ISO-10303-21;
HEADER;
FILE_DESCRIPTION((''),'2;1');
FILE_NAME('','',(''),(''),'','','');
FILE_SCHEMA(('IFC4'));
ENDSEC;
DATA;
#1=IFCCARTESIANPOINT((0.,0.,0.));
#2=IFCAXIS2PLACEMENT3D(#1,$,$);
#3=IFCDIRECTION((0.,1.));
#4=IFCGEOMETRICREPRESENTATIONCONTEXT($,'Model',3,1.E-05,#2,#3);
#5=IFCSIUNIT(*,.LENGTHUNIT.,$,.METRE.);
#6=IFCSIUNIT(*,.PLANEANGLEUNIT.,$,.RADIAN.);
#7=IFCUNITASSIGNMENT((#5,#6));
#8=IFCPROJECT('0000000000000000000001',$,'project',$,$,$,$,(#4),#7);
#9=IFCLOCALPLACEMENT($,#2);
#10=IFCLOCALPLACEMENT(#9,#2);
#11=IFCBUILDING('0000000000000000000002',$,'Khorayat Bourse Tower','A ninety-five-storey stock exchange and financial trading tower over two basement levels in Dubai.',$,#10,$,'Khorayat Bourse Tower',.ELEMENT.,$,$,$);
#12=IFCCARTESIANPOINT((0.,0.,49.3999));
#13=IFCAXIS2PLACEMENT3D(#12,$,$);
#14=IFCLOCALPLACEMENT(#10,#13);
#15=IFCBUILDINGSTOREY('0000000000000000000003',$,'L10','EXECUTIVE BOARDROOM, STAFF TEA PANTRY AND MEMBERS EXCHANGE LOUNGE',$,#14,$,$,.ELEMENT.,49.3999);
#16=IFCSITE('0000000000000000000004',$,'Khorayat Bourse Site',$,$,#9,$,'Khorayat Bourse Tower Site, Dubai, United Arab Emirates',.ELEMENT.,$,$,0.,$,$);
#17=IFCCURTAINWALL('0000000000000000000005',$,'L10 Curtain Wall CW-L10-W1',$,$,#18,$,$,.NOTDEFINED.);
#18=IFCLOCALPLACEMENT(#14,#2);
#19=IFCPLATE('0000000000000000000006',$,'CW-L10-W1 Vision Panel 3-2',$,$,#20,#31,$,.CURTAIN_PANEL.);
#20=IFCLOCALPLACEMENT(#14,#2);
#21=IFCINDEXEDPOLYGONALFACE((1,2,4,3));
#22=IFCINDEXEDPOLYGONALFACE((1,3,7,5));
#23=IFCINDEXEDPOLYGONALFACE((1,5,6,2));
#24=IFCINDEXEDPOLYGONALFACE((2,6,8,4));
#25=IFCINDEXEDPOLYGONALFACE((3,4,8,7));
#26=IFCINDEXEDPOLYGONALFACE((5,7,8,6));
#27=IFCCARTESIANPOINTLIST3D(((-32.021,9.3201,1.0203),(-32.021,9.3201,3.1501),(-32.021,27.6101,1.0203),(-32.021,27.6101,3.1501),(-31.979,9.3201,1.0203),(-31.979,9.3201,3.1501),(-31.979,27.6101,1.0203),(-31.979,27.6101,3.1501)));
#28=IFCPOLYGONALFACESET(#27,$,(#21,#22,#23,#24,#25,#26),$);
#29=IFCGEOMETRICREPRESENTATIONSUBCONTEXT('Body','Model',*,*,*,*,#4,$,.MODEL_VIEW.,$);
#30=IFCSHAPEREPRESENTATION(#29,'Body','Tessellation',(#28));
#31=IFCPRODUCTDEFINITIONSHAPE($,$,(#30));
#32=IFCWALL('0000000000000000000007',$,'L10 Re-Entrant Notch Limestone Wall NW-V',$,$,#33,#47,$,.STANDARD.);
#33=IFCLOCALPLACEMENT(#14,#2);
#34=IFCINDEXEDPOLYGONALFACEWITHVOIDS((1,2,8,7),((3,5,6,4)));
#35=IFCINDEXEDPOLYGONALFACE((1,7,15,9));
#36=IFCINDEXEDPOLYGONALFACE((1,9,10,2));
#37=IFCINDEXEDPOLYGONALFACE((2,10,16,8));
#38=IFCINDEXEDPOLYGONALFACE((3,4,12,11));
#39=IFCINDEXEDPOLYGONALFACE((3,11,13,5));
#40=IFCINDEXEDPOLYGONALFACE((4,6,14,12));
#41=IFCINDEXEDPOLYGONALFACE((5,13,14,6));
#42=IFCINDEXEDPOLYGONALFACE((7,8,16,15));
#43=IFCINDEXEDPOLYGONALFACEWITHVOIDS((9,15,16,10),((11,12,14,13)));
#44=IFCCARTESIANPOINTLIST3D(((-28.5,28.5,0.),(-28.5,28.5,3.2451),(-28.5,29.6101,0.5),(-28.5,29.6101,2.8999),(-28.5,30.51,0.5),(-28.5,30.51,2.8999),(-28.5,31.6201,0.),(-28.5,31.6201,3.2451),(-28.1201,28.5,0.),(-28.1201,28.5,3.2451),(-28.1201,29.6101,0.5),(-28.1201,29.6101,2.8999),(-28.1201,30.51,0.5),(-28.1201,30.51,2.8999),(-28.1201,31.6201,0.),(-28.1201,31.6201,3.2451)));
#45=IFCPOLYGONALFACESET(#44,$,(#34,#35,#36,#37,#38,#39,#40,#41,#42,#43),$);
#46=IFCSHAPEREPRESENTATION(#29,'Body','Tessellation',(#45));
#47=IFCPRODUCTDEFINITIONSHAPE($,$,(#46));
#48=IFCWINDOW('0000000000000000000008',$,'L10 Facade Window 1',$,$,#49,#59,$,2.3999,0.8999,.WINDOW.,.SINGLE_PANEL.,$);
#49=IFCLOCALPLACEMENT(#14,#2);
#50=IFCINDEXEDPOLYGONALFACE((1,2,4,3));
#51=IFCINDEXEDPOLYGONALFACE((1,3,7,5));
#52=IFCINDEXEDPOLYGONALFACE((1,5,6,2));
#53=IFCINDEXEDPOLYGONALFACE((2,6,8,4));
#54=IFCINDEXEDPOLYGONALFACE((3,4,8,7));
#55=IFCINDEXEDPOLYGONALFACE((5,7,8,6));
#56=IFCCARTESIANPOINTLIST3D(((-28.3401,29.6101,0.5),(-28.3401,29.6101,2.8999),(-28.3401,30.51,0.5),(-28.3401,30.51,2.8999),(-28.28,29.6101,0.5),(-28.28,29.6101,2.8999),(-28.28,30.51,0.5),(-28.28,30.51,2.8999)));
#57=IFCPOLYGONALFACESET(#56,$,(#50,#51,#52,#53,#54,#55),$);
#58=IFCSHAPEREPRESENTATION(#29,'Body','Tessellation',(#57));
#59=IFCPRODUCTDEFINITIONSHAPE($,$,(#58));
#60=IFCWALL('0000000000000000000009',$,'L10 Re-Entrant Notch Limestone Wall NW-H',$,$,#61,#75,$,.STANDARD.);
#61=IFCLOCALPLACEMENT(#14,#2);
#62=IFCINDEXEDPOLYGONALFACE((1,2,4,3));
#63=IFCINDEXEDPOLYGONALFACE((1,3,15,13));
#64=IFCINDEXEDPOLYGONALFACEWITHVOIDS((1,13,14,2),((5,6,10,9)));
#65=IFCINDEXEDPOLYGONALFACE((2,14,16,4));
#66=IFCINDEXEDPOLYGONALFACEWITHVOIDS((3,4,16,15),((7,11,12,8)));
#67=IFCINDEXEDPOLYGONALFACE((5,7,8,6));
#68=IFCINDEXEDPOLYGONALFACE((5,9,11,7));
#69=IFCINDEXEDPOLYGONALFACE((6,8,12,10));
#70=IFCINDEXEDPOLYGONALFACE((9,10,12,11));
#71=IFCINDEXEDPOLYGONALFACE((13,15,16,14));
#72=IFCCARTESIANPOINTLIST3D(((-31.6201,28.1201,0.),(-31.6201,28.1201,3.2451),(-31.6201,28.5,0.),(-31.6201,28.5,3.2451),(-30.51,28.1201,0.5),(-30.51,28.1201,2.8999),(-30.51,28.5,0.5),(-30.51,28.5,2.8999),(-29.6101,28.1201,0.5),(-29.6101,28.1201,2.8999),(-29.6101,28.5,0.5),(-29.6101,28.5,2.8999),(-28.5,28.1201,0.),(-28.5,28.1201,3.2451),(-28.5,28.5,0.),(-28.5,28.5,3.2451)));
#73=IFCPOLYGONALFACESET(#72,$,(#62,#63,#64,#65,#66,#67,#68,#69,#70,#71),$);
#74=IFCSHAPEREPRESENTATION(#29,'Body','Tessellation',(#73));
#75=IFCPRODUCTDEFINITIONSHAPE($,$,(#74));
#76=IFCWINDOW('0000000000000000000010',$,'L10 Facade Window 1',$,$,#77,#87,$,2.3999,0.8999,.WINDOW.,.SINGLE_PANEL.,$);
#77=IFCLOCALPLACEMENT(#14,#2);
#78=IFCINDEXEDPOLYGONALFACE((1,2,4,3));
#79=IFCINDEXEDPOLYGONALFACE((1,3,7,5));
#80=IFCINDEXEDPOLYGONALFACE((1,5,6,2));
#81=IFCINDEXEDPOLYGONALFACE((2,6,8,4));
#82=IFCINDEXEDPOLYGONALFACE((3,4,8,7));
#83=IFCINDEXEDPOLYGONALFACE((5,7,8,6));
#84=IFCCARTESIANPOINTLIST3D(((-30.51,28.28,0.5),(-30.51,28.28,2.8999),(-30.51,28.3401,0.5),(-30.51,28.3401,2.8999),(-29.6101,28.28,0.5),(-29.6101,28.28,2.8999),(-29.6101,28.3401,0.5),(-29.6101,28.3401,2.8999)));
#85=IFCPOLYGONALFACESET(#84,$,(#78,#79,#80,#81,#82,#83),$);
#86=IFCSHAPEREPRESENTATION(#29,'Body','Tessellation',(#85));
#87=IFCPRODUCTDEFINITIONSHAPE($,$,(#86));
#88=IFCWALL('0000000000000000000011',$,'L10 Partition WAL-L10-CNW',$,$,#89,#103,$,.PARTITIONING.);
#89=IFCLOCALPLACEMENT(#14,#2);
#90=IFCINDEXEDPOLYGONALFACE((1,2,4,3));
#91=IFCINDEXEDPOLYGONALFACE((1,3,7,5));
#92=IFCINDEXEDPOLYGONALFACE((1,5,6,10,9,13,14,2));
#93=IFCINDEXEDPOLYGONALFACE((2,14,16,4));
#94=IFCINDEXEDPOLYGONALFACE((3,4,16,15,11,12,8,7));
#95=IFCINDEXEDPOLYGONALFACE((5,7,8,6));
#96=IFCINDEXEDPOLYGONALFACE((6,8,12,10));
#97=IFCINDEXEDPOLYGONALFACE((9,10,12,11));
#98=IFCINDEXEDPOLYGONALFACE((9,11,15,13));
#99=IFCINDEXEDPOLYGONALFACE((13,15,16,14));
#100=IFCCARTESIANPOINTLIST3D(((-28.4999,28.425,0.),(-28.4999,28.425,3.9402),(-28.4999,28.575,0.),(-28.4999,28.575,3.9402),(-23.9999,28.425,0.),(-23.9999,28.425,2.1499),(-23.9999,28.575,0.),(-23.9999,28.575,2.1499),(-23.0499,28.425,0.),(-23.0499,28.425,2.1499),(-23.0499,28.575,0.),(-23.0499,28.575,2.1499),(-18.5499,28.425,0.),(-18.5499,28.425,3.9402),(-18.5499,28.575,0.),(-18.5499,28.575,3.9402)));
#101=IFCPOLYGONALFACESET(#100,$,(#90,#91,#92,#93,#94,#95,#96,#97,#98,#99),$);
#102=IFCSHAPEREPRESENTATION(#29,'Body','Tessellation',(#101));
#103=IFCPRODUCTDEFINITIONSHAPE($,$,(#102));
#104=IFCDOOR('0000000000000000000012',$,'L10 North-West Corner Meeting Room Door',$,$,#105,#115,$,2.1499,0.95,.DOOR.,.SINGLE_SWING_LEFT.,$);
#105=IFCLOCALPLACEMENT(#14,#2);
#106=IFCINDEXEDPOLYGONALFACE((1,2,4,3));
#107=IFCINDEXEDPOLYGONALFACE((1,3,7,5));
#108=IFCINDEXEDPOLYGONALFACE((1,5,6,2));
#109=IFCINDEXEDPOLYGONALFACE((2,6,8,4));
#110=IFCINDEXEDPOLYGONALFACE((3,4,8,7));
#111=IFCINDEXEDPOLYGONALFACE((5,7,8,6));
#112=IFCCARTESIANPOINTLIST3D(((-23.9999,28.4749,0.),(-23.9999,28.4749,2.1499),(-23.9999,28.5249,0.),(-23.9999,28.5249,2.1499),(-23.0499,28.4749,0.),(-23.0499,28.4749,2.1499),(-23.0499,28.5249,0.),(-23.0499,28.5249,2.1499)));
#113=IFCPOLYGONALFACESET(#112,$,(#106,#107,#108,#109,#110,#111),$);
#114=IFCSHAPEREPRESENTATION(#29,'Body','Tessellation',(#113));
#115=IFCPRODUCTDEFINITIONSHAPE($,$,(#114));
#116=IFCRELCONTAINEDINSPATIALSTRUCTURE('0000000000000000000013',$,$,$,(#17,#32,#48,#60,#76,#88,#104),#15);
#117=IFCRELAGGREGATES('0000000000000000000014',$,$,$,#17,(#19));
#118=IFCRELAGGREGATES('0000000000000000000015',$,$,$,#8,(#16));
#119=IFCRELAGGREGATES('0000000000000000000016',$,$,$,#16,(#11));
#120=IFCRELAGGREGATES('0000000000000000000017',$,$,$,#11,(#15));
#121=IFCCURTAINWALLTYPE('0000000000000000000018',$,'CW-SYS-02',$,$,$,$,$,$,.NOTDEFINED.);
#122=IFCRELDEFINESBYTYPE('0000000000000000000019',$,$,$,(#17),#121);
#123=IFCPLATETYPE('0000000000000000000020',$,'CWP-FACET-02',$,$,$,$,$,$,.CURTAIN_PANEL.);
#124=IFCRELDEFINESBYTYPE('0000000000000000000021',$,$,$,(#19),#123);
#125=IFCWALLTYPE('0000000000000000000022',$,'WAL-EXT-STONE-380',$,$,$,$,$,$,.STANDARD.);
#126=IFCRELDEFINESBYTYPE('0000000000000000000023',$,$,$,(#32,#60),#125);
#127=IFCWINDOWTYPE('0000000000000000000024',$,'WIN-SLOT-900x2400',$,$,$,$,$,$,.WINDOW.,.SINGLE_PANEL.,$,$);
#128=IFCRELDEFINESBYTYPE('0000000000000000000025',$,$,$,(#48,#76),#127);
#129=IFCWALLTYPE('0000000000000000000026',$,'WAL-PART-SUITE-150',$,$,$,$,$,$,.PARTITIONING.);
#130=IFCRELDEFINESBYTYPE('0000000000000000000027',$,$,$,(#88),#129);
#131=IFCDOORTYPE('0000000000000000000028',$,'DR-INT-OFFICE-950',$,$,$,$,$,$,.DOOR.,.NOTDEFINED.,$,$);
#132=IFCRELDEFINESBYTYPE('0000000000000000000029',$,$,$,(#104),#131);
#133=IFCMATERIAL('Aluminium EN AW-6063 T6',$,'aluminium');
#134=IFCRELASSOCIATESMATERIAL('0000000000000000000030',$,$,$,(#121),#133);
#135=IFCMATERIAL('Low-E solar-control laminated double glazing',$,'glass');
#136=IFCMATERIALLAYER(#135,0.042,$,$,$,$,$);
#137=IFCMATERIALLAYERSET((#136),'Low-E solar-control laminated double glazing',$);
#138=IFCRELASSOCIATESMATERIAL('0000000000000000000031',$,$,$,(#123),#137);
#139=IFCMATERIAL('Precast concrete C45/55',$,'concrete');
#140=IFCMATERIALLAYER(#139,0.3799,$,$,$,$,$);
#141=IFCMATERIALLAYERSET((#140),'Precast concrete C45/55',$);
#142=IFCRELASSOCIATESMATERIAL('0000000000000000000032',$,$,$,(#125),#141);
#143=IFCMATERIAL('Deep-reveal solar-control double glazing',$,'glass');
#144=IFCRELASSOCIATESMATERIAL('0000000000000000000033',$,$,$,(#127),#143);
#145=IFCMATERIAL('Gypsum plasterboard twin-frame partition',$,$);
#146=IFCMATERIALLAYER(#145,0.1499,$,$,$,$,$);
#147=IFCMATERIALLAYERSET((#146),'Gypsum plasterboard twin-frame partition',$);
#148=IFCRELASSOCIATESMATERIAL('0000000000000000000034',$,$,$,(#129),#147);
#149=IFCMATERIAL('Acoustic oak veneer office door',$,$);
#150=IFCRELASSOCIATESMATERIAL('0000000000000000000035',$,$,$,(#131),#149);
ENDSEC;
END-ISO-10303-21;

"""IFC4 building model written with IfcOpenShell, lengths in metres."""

from ifc_helpers import new_model, si_unit, direction, frame, frame_2d, origin, origin_2d, place, context, subcontext, project, spatial, rectangle, extrude, source, transform, mapped, material, layer, layer_set, type_object, element, fill, aggregate, save


model = new_model("IFC4")

# Units and contexts
model_context = context("Model", 3, precision=1e-05, world=origin(), true_north=direction((0.0, 1.0)))
body_context = subcontext(model_context, "Body", "Model", "MODEL_VIEW")
ifc_project = project(units=[si_unit("LENGTHUNIT", "METRE"), si_unit("PLANEANGLEUNIT", "RADIAN")], contexts=[model_context])

# Site, building, storey
site_placement = place(None, origin())
site = spatial("IfcSite", under=ifc_project, at=site_placement, Name="Khorayat Bourse Site", LongName="Khorayat Bourse Tower Site, Dubai, United Arab Emirates", CompositionType="ELEMENT", RefElevation=0.0)
building_placement = place(site_placement, origin())
building = spatial("IfcBuilding", under=site, at=building_placement, Name="Khorayat Bourse Tower", Description="A ninety-five-storey stock exchange and financial trading tower over two basement levels in Dubai.", LongName="Khorayat Bourse Tower", CompositionType="ELEMENT")
storey_placement = place(building_placement, frame((0.0, 0.0, 49.3999)))
storey = spatial("IfcBuildingStorey", under=building, at=storey_placement, Name="L10", Description="EXECUTIVE BOARDROOM, STAFF TEA PANTRY AND MEMBERS EXCHANGE LOUNGE", CompositionType="ELEMENT", Elevation=49.3999)

# Shared definitions
ifc_material_1 = material(Name="Aluminium EN AW-6063 T6", Category="aluminium")
curtain_wall_type = type_object("IfcCurtainWallType", Name="CW-SYS-02", PredefinedType="NOTDEFINED", material=ifc_material_1)

# Curtain wall
curtain_wall_1_placement = place(storey_placement, origin())
curtain_wall_1 = element("IfcCurtainWall", 1, at=curtain_wall_1_placement, inside=storey, type_object=curtain_wall_type, Name="L10 Curtain Wall CW-L10-W1", PredefinedType="NOTDEFINED")

# Plate
ifc_material_2 = material(Name="Low-E solar-control laminated double glazing", Category="glass")
ifc_layer_1 = layer(ifc_material_2, 0.042)
ifc_layer_set_1 = layer_set([ifc_layer_1], Name="Low-E solar-control laminated double glazing")
plate_type_1 = type_object("IfcPlateType", Name="CWP-FACET-02", PredefinedType="CURTAIN_PANEL", material=ifc_layer_set_1)
shared_shape_1 = source(origin(), body_context, "Body", "SweptSolid", [
    extrude(rectangle(XDim=18.29, YDim=0.042, at=origin_2d()), origin(), (0.0, 0.0, 1.0), 2.1299),
])
plate_1_placement = place(storey_placement, frame((-32.0, 18.4651, 1.0203), z_axis=(0.0, 0.0, 1.0), x_axis=(0.0, 1.0, 0.0)))
plate_1 = element("IfcPlate", 2, at=plate_1_placement, type_object=plate_type_1, Name="CW-L10-W1 Vision Panel 3-2", PredefinedType="CURTAIN_PANEL", context=body_context, shape_type="MappedRepresentation", body=[
    mapped(shared_shape_1, transform((0.0, 0.0, 0.0), scale=1.0)),
])
aggregate(curtain_wall_1, [plate_1])

# Walls, openings, windows
ifc_material_3 = material(Name="Precast concrete C45/55", Category="concrete")
ifc_layer_2 = layer(ifc_material_3, 0.3799)
ifc_layer_set_2 = layer_set([ifc_layer_2], Name="Precast concrete C45/55")
wall_type_1 = type_object("IfcWallType", Name="WAL-EXT-STONE-380", PredefinedType="STANDARD", material=ifc_layer_set_2)
shared_shape_2 = source(origin(), body_context, "Body", "SweptSolid", [
    extrude(rectangle(XDim=3.1201, YDim=0.3799, at=frame_2d((1.5601, 0.0))), origin(), (0.0, 0.0, 1.0), 3.2451),
])
wall_1_placement = place(storey_placement, frame((-28.3101, 28.5, 0.0), z_axis=(0.0, 0.0, 1.0), x_axis=(0.0, 1.0, 0.0)))
wall_1 = element("IfcWall", 3, at=wall_1_placement, inside=storey, type_object=wall_type_1, Name="L10 Re-Entrant Notch Limestone Wall NW-V", PredefinedType="STANDARD", context=body_context, shape_type="MappedRepresentation", body=[
    mapped(shared_shape_2, transform((0.0, 0.0, 0.0), scale=1.0)),
])
shared_shape_3 = source(origin(), body_context, "Body", "SweptSolid", [
    extrude(rectangle(XDim=0.8999, YDim=2.3999, at=frame_2d((0.45, 1.2))), frame((0.0, 0.2, 0.0), z_axis=(0.0, -1.0, 0.0), x_axis=(1.0, 0.0, 0.0)), (0.0, 0.0, 1.0), 0.3999),
])
opening_1_placement = place(wall_1_placement, frame((1.1101, 0.0, 0.5)))
opening_1 = element("IfcOpeningElement", 4, at=opening_1_placement, cuts=wall_1, PredefinedType="OPENING", context=body_context, shape_type="MappedRepresentation", body=[
    mapped(shared_shape_3, transform((0.0, 0.0, 0.0), scale=1.0)),
])
ifc_material_4 = material(Name="Deep-reveal solar-control double glazing", Category="glass")
window_type = type_object("IfcWindowType", Name="WIN-SLOT-900x2400", PartitioningType="SINGLE_PANEL", PredefinedType="WINDOW", material=ifc_material_4)
shared_shape_4 = source(origin(), body_context, "Body", "SweptSolid", [
    extrude(rectangle(XDim=0.8999, YDim=2.3999, at=frame_2d((0.45, 1.2))), frame((0.0, 0.03, 0.0), z_axis=(0.0, -1.0, 0.0), x_axis=(1.0, 0.0, 0.0)), (0.0, 0.0, 1.0), 0.0601),
])
window_1_placement = place(opening_1_placement, origin())
window_1 = element("IfcWindow", 5, at=window_1_placement, inside=storey, type_object=window_type, Name="L10 Facade Window 1", OverallHeight=2.3999, OverallWidth=0.8999, PartitioningType="SINGLE_PANEL", PredefinedType="WINDOW", context=body_context, shape_type="MappedRepresentation", body=[
    mapped(shared_shape_4, transform((0.0, 0.0, 0.0), scale=1.0)),
])
fill(opening_1, window_1)
wall_2_placement = place(storey_placement, frame((-28.5, 28.3101, 0.0), z_axis=(0.0, 0.0, 1.0), x_axis=(-1.0, 0.0, 0.0)))
wall_2 = element("IfcWall", 6, at=wall_2_placement, inside=storey, type_object=wall_type_1, Name="L10 Re-Entrant Notch Limestone Wall NW-H", PredefinedType="STANDARD", context=body_context, shape_type="MappedRepresentation", body=[
    mapped(shared_shape_2, transform((0.0, 0.0, 0.0), scale=1.0)),
])
opening_2_placement = place(wall_2_placement, frame((1.1101, 0.0, 0.5)))
opening_2 = element("IfcOpeningElement", 7, at=opening_2_placement, cuts=wall_2, PredefinedType="OPENING", context=body_context, shape_type="MappedRepresentation", body=[
    mapped(shared_shape_3, transform((0.0, 0.0, 0.0), scale=1.0)),
])
window_2_placement = place(opening_2_placement, origin())
window_2 = element("IfcWindow", 8, at=window_2_placement, inside=storey, type_object=window_type, Name="L10 Facade Window 1", OverallHeight=2.3999, OverallWidth=0.8999, PartitioningType="SINGLE_PANEL", PredefinedType="WINDOW", context=body_context, shape_type="MappedRepresentation", body=[
    mapped(shared_shape_4, transform((0.0, 0.0, 0.0), scale=1.0)),
])
fill(opening_2, window_2)

# Wall, opening, door
ifc_material_5 = material(Name="Gypsum plasterboard twin-frame partition")
ifc_layer_3 = layer(ifc_material_5, 0.1499)
ifc_layer_set_3 = layer_set([ifc_layer_3], Name="Gypsum plasterboard twin-frame partition")
wall_type_2 = type_object("IfcWallType", Name="WAL-PART-SUITE-150", PredefinedType="PARTITIONING", material=ifc_layer_set_3)
shared_shape_5 = source(origin(), body_context, "Body", "SweptSolid", [
    extrude(rectangle(XDim=9.95, YDim=0.1499, at=frame_2d((4.9751, 0.0))), origin(), (0.0, 0.0, 1.0), 3.9402),
])
wall_3_placement = place(storey_placement, frame((-28.5, 28.5, 0.0), z_axis=(0.0, 0.0, 1.0), x_axis=(1.0, 0.0, 0.0)))
wall_3 = element("IfcWall", 9, at=wall_3_placement, inside=storey, type_object=wall_type_2, Name="L10 Partition WAL-L10-CNW", PredefinedType="PARTITIONING", context=body_context, shape_type="MappedRepresentation", body=[
    mapped(shared_shape_5, transform((0.0, 0.0, 0.0), scale=1.0)),
])
shared_shape_6 = source(origin(), body_context, "Body", "SweptSolid", [
    extrude(rectangle(XDim=0.95, YDim=2.1499, at=frame_2d((0.4751, 1.075))), frame((0.0, 0.085, 0.0), z_axis=(0.0, -1.0, 0.0), x_axis=(1.0, 0.0, 0.0)), (0.0, 0.0, 1.0), 0.1699),
])
opening_3_placement = place(wall_3_placement, frame((4.5, 0.0, 0.0)))
opening_3 = element("IfcOpeningElement", 10, at=opening_3_placement, cuts=wall_3, PredefinedType="OPENING", context=body_context, shape_type="MappedRepresentation", body=[
    mapped(shared_shape_6, transform((0.0, 0.0, 0.0), scale=1.0)),
])
ifc_material_6 = material(Name="Acoustic oak veneer office door")
door_type = type_object("IfcDoorType", Name="DR-INT-OFFICE-950", OperationType="NOTDEFINED", PredefinedType="DOOR", material=ifc_material_6)
shared_shape_7 = source(origin(), body_context, "Body", "SweptSolid", [
    extrude(rectangle(XDim=0.95, YDim=2.1499, at=frame_2d((0.4751, 1.075))), frame((0.0, 0.0249, 0.0), z_axis=(0.0, -1.0, 0.0), x_axis=(1.0, 0.0, 0.0)), (0.0, 0.0, 1.0), 0.05),
])
door_placement = place(opening_3_placement, origin())
door = element("IfcDoor", 11, at=door_placement, inside=storey, type_object=door_type, Name="L10 North-West Corner Meeting Room Door", OperationType="SINGLE_SWING_LEFT", OverallHeight=2.1499, OverallWidth=0.95, PredefinedType="DOOR", context=body_context, shape_type="MappedRepresentation", body=[
    mapped(shared_shape_7, transform((0.0, 0.0, 0.0), scale=1.0)),
])
fill(opening_3, door)

save(model, "model.ifc")
